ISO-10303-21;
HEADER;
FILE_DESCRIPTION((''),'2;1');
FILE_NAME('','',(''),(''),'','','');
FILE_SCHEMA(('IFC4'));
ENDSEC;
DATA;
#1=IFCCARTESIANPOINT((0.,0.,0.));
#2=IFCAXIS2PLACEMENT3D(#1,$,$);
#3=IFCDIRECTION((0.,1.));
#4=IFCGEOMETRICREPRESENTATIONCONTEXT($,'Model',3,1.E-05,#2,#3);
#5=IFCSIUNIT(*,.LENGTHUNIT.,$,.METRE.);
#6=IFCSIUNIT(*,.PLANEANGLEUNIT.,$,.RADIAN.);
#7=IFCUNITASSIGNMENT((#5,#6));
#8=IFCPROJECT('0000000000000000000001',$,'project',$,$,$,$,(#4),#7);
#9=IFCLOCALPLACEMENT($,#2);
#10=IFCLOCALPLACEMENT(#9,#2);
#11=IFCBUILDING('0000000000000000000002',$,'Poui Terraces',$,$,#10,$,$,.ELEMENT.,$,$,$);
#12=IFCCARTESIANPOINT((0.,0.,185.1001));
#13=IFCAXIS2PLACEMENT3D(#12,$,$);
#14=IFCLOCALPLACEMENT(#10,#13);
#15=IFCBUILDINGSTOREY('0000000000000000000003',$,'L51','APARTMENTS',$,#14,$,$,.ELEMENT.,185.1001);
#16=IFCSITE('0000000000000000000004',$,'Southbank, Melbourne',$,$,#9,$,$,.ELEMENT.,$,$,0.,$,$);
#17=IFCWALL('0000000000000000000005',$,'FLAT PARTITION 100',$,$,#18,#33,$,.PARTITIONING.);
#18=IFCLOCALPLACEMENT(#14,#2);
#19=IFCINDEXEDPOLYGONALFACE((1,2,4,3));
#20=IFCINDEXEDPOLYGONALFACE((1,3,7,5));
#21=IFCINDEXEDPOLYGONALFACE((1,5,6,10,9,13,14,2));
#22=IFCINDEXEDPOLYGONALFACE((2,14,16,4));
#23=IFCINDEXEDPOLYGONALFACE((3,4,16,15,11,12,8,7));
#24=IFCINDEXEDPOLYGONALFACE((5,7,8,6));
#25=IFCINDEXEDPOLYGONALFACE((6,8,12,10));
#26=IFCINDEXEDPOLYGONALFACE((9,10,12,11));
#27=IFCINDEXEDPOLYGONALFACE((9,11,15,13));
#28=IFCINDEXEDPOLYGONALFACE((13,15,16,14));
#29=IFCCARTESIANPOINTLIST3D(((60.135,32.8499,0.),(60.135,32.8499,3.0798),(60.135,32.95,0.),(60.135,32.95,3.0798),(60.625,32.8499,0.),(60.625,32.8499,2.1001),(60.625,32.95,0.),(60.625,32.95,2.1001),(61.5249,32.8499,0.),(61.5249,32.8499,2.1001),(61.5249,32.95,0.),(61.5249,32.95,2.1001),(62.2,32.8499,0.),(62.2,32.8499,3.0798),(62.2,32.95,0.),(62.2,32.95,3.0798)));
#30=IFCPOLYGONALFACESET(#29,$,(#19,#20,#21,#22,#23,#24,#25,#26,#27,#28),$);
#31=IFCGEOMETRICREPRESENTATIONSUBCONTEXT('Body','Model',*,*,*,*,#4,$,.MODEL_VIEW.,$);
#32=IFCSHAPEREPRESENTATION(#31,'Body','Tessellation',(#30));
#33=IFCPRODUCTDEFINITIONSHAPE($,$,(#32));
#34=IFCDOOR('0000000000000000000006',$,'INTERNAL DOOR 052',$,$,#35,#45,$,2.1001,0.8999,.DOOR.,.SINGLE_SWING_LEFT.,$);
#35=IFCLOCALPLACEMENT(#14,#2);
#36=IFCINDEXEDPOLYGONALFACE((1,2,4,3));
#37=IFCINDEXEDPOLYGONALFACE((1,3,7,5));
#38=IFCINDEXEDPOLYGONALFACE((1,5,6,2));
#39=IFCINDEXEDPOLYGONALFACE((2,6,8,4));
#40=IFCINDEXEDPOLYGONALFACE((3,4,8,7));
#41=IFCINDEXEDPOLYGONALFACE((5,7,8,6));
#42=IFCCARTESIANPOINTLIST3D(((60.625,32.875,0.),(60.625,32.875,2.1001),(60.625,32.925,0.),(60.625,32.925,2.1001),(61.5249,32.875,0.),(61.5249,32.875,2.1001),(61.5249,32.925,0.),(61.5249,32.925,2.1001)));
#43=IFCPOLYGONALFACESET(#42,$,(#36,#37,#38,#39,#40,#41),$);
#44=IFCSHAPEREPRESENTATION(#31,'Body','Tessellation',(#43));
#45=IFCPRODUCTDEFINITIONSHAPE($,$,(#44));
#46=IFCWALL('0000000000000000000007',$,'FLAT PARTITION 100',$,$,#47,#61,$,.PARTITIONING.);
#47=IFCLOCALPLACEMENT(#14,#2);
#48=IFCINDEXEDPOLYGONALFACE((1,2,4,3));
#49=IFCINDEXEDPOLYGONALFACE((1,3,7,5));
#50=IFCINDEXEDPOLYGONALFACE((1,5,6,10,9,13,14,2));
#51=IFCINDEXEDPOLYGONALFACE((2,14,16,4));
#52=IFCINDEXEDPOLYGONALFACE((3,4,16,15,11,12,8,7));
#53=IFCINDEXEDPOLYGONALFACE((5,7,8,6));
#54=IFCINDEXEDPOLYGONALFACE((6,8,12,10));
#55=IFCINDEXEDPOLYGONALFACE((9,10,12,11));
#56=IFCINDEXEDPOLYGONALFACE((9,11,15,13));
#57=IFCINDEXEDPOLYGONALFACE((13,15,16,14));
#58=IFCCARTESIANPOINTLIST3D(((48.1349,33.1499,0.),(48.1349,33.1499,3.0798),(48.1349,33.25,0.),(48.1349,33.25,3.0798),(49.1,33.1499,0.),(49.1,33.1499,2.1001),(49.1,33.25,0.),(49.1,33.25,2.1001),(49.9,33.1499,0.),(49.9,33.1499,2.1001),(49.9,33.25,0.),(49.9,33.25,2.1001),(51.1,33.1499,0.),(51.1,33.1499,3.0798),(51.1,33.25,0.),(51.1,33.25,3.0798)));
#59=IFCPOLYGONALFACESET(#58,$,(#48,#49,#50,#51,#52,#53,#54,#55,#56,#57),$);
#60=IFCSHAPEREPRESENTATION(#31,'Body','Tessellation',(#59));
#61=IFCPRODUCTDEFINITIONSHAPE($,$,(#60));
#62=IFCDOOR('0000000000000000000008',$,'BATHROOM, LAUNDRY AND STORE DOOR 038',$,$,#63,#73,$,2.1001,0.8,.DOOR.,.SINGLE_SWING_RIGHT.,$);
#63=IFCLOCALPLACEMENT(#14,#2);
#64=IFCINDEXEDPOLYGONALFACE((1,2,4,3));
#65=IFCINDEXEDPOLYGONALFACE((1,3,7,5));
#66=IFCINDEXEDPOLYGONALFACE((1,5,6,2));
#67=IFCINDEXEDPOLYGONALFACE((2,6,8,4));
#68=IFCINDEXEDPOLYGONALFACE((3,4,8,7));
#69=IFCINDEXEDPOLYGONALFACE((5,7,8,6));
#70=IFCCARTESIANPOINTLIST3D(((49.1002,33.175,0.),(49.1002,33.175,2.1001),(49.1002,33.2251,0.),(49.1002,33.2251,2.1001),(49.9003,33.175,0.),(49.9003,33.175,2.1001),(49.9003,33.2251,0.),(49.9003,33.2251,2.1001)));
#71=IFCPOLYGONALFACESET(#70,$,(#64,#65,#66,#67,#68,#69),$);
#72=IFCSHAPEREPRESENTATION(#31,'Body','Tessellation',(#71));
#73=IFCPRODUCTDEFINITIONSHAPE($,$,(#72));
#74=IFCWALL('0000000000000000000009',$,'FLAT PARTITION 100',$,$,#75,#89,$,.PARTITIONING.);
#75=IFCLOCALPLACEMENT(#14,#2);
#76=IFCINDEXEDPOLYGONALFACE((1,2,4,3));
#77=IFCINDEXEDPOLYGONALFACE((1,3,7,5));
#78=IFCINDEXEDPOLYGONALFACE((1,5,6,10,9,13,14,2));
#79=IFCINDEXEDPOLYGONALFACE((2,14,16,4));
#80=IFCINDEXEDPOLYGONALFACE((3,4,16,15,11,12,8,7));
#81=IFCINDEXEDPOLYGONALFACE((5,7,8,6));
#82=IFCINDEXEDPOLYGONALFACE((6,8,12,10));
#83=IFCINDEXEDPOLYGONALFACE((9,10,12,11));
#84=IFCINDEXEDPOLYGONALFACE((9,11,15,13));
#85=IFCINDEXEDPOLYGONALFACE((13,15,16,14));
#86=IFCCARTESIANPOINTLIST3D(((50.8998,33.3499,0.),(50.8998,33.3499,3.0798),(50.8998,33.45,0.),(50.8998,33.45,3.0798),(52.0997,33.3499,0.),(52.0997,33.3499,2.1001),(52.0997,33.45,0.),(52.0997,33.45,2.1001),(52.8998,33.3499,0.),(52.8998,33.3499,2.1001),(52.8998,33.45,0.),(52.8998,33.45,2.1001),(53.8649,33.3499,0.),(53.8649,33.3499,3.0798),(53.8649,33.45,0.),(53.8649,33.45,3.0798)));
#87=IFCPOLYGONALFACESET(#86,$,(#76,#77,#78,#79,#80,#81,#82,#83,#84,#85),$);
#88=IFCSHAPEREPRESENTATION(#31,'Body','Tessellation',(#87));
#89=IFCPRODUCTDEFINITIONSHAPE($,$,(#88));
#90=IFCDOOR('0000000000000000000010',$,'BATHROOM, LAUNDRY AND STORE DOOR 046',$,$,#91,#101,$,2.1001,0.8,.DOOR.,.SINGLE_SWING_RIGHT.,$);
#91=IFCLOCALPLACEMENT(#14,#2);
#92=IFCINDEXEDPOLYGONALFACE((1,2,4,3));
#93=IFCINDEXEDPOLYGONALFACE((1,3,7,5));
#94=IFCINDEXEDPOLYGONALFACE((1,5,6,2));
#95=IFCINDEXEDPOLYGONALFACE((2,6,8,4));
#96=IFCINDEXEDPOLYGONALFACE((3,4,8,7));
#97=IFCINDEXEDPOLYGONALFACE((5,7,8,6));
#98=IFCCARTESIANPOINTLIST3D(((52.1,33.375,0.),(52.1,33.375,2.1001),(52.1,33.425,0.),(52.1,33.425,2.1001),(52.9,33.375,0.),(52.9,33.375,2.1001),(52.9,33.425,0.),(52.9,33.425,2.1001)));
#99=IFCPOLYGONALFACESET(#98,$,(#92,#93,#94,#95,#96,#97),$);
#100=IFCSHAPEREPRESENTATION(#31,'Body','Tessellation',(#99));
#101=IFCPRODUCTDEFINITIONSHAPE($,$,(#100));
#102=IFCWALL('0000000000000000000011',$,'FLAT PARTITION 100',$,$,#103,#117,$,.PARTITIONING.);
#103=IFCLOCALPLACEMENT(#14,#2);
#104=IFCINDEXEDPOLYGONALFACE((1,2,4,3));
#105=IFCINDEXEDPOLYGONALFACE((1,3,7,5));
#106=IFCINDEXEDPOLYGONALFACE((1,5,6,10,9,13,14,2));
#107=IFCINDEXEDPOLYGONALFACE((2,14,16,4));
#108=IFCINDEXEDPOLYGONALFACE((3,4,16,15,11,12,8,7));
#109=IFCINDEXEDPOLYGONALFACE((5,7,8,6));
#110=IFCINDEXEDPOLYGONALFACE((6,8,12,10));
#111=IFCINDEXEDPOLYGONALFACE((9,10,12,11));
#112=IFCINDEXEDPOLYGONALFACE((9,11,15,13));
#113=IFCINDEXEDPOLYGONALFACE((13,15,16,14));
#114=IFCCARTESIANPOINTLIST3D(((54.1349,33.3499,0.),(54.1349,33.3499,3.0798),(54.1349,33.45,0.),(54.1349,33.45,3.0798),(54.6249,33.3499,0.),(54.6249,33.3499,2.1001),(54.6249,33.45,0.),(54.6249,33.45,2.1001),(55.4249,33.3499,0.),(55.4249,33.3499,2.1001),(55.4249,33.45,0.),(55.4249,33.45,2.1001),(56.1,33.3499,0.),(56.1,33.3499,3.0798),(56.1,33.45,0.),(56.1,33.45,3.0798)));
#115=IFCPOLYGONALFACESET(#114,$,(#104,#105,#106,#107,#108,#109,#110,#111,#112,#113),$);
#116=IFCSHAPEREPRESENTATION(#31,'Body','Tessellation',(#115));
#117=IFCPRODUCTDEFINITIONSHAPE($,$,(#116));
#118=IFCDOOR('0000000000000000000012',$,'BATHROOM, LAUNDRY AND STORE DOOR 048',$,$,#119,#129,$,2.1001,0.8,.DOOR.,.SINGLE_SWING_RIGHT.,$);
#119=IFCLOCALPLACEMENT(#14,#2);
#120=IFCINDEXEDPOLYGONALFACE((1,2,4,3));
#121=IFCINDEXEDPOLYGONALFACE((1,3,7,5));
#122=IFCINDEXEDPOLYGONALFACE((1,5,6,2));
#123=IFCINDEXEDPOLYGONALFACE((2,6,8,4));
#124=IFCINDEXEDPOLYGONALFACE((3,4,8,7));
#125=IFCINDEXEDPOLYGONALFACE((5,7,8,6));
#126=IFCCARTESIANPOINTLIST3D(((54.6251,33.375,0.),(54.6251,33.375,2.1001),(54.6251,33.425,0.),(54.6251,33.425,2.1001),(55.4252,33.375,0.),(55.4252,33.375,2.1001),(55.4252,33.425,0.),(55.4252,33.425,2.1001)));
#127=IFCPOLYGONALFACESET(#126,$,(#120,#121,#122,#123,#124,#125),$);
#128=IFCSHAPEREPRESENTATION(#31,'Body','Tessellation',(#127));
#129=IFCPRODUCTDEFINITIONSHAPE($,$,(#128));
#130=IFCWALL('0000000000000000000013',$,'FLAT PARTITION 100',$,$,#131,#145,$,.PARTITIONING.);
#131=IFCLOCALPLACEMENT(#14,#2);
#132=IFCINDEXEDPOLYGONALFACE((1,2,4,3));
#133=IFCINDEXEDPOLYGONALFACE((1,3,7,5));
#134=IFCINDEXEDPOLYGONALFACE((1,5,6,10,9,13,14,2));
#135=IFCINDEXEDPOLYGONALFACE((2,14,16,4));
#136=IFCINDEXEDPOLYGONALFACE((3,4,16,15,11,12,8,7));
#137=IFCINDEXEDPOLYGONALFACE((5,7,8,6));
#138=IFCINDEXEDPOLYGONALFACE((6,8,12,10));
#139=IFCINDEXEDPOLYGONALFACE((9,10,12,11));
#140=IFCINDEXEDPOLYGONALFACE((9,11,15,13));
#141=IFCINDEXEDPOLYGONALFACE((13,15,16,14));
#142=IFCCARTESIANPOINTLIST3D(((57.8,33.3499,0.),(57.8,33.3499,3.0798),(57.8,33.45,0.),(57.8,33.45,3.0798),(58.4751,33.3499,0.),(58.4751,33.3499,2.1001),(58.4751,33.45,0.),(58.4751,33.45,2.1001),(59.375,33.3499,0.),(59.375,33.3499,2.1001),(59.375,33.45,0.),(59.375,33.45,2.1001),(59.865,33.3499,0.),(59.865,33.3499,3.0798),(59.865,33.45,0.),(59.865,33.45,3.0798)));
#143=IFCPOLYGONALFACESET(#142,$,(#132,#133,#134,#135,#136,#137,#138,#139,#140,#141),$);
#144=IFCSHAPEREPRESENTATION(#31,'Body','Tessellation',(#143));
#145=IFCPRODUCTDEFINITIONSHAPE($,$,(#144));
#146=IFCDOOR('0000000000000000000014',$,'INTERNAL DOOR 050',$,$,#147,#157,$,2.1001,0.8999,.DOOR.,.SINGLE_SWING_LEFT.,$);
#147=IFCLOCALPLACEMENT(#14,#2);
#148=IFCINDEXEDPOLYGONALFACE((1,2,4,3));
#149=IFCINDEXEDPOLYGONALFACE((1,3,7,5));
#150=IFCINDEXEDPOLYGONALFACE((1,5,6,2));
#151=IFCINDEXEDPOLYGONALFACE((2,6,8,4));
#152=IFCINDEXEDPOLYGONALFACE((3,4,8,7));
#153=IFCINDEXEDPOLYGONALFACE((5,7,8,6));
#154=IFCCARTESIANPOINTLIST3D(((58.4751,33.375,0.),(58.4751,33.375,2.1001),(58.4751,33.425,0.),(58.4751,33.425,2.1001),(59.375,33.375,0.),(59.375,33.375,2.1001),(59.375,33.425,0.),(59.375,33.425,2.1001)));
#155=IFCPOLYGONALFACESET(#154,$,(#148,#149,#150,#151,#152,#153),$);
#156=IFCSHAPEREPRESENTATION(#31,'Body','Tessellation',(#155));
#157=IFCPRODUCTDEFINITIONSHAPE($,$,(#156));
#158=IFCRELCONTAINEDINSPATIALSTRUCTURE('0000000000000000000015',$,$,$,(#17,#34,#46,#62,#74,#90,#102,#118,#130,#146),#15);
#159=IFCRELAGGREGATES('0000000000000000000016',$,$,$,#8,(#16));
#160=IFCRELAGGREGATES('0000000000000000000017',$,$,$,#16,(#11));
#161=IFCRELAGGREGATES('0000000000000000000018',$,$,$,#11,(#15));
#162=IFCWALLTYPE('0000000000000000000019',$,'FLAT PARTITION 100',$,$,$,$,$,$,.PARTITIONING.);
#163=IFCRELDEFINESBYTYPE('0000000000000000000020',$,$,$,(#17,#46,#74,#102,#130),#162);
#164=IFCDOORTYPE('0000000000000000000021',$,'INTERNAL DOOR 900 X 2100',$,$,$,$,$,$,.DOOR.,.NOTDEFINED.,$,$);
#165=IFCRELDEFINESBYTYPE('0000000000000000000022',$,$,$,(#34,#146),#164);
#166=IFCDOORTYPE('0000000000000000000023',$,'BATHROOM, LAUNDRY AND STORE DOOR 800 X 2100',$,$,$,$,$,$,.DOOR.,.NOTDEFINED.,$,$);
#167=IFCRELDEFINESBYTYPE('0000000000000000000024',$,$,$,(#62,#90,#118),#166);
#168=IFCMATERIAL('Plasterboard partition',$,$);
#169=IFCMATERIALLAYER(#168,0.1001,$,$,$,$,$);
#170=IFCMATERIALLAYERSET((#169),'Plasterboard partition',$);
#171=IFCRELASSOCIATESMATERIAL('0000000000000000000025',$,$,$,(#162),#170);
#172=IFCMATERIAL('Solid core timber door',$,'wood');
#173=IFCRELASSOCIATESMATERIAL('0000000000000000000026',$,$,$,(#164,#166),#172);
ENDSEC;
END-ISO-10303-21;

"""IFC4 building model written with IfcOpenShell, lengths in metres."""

from ifc_helpers import new_model, si_unit, direction, frame, frame_2d, origin, place, context, subcontext, project, spatial, rectangle, extrude, material, layer, layer_set, type_object, element, fill, save


model = new_model("IFC4")

# Units and contexts
model_context = context("Model", 3, precision=1e-05, world=origin(), true_north=direction((0.0, 1.0)))
body_context = subcontext(model_context, "Body", "Model", "MODEL_VIEW")
ifc_project = project(units=[si_unit("LENGTHUNIT", "METRE"), si_unit("PLANEANGLEUNIT", "RADIAN")], contexts=[model_context])

# Site, building, storey
site_placement = place(None, origin())
site = spatial("IfcSite", under=ifc_project, at=site_placement, Name="Southbank, Melbourne", CompositionType="ELEMENT", RefElevation=0.0)
building_placement = place(site_placement, origin())
building = spatial("IfcBuilding", under=site, at=building_placement, Name="Poui Terraces", CompositionType="ELEMENT")
storey_placement = place(building_placement, frame((0.0, 0.0, 185.1001)))
storey = spatial("IfcBuildingStorey", under=building, at=storey_placement, Name="L51", Description="APARTMENTS", CompositionType="ELEMENT", Elevation=185.1001)

# Walls, openings, doors
ifc_material_1 = material(Name="Plasterboard partition")
ifc_layer_1 = layer(ifc_material_1, 0.1001)
ifc_layer_set_1 = layer_set([ifc_layer_1], Name="Plasterboard partition")
wall_type_1 = type_object("IfcWallType", Name="FLAT PARTITION 100", PredefinedType="PARTITIONING", material=ifc_layer_set_1)
wall_1_placement = place(storey_placement, frame((60.135, 32.8999, 0.0), z_axis=(0.0, 0.0, 1.0), x_axis=(1.0, 0.0, 0.0)))
wall_1 = element("IfcWall", 1, at=wall_1_placement, inside=storey, type_object=wall_type_1, Name="FLAT PARTITION 100", PredefinedType="PARTITIONING", context=body_context, shape_type="SweptSolid", body=[
    extrude(rectangle(XDim=2.0649, YDim=0.1001, at=frame_2d((1.0325, 0.0))), origin(), (0.0, 0.0, 1.0), 3.0798),
])
opening_1_placement = place(wall_1_placement, frame((0.49, 0.0, 0.0)))
opening_1 = element("IfcOpeningElement", 2, at=opening_1_placement, cuts=wall_1, PredefinedType="OPENING", context=body_context, shape_type="SweptSolid", body=[
    extrude(rectangle(XDim=0.8999, YDim=2.1001, at=frame_2d((0.45, 1.05))), frame((0.0, 0.0601, 0.0), z_axis=(0.0, -1.0, 0.0), x_axis=(1.0, 0.0, 0.0)), (0.0, 0.0, 1.0), 0.1201),
])
ifc_material_2 = material(Name="Solid core timber door", Category="wood")
door_type_1 = type_object("IfcDoorType", Name="INTERNAL DOOR 900 X 2100", OperationType="NOTDEFINED", PredefinedType="DOOR", material=ifc_material_2)
door_1_placement = place(opening_1_placement, frame((0.8999, 0.0, 0.0), z_axis=(0.0, 0.0, 1.0), x_axis=(-1.0, 0.0, 0.0)))
door_1 = element("IfcDoor", 3, at=door_1_placement, inside=storey, type_object=door_type_1, Name="INTERNAL DOOR 052", OperationType="SINGLE_SWING_LEFT", OverallHeight=2.1001, OverallWidth=0.8999, PredefinedType="DOOR", context=body_context, shape_type="SweptSolid", body=[
    extrude(rectangle(XDim=0.8999, YDim=2.1001, at=frame_2d((0.45, 1.05))), frame((0.0, 0.0249, 0.0), z_axis=(0.0, -1.0, 0.0), x_axis=(1.0, 0.0, 0.0)), (0.0, 0.0, 1.0), 0.05),
])
fill(opening_1, door_1)
wall_2_placement = place(storey_placement, frame((48.135, 33.2, 0.0), z_axis=(0.0, 0.0, 1.0), x_axis=(1.0, 0.0, 0.0)))
wall_2 = element("IfcWall", 4, at=wall_2_placement, inside=storey, type_object=wall_type_1, Name="FLAT PARTITION 100", PredefinedType="PARTITIONING", context=body_context, shape_type="SweptSolid", body=[
    extrude(rectangle(XDim=2.9651, YDim=0.1001, at=frame_2d((1.4824, 0.0))), origin(), (0.0, 0.0, 1.0), 3.0798),
])
opening_2_placement = place(wall_2_placement, frame((0.9651, 0.0, 0.0)))
opening_2 = element("IfcOpeningElement", 5, at=opening_2_placement, cuts=wall_2, PredefinedType="OPENING", context=body_context, shape_type="SweptSolid", body=[
    extrude(rectangle(XDim=0.8, YDim=2.1001, at=frame_2d((0.3999, 1.05))), frame((0.0, 0.0601, 0.0), z_axis=(0.0, -1.0, 0.0), x_axis=(1.0, 0.0, 0.0)), (0.0, 0.0, 1.0), 0.1201),
])
door_type_2 = type_object("IfcDoorType", Name="BATHROOM, LAUNDRY AND STORE DOOR 800 X 2100", OperationType="NOTDEFINED", PredefinedType="DOOR", material=ifc_material_2)
door_2_placement = place(opening_2_placement, frame((0.8, 0.0, 0.0), z_axis=(0.0, 0.0, 1.0), x_axis=(-1.0, 0.0, 0.0)))
door_2 = element("IfcDoor", 6, at=door_2_placement, inside=storey, type_object=door_type_2, Name="BATHROOM, LAUNDRY AND STORE DOOR 038", OperationType="SINGLE_SWING_RIGHT", OverallHeight=2.1001, OverallWidth=0.8, PredefinedType="DOOR", context=body_context, shape_type="SweptSolid", body=[
    extrude(rectangle(XDim=0.8, YDim=2.1001, at=frame_2d((0.3999, 1.05))), frame((0.0, 0.0249, 0.0), z_axis=(0.0, -1.0, 0.0), x_axis=(1.0, 0.0, 0.0)), (0.0, 0.0, 1.0), 0.05),
])
fill(opening_2, door_2)
wall_3_placement = place(storey_placement, frame((50.8999, 33.3999, 0.0), z_axis=(0.0, 0.0, 1.0), x_axis=(1.0, 0.0, 0.0)))
wall_3 = element("IfcWall", 7, at=wall_3_placement, inside=storey, type_object=wall_type_1, Name="FLAT PARTITION 100", PredefinedType="PARTITIONING", context=body_context, shape_type="SweptSolid", body=[
    extrude(rectangle(XDim=2.9651, YDim=0.1001, at=frame_2d((1.4824, 0.0))), origin(), (0.0, 0.0, 1.0), 3.0798),
])
opening_3_placement = place(wall_3_placement, frame((1.2, 0.0, 0.0)))
opening_3 = element("IfcOpeningElement", 8, at=opening_3_placement, cuts=wall_3, PredefinedType="OPENING", context=body_context, shape_type="SweptSolid", body=[
    extrude(rectangle(XDim=0.8, YDim=2.1001, at=frame_2d((0.3999, 1.05))), frame((0.0, 0.0601, 0.0), z_axis=(0.0, -1.0, 0.0), x_axis=(1.0, 0.0, 0.0)), (0.0, 0.0, 1.0), 0.1201),
])
door_3_placement = place(opening_3_placement, frame((0.8, 0.0, 0.0), z_axis=(0.0, 0.0, 1.0), x_axis=(-1.0, 0.0, 0.0)))
door_3 = element("IfcDoor", 9, at=door_3_placement, inside=storey, type_object=door_type_2, Name="BATHROOM, LAUNDRY AND STORE DOOR 046", OperationType="SINGLE_SWING_RIGHT", OverallHeight=2.1001, OverallWidth=0.8, PredefinedType="DOOR", context=body_context, shape_type="SweptSolid", body=[
    extrude(rectangle(XDim=0.8, YDim=2.1001, at=frame_2d((0.3999, 1.05))), frame((0.0, 0.0249, 0.0), z_axis=(0.0, -1.0, 0.0), x_axis=(1.0, 0.0, 0.0)), (0.0, 0.0, 1.0), 0.05),
])
fill(opening_3, door_3)
wall_4_placement = place(storey_placement, frame((54.135, 33.3999, 0.0), z_axis=(0.0, 0.0, 1.0), x_axis=(1.0, 0.0, 0.0)))
wall_4 = element("IfcWall", 10, at=wall_4_placement, inside=storey, type_object=wall_type_1, Name="FLAT PARTITION 100", PredefinedType="PARTITIONING", context=body_context, shape_type="SweptSolid", body=[
    extrude(rectangle(XDim=1.9651, YDim=0.1001, at=frame_2d((0.9824, 0.0))), origin(), (0.0, 0.0, 1.0), 3.0798),
])
opening_4_placement = place(wall_4_placement, frame((0.49, 0.0, 0.0)))
opening_4 = element("IfcOpeningElement", 11, at=opening_4_placement, cuts=wall_4, PredefinedType="OPENING", context=body_context, shape_type="SweptSolid", body=[
    extrude(rectangle(XDim=0.8, YDim=2.1001, at=frame_2d((0.3999, 1.05))), frame((0.0, 0.0601, 0.0), z_axis=(0.0, -1.0, 0.0), x_axis=(1.0, 0.0, 0.0)), (0.0, 0.0, 1.0), 0.1201),
])
door_4_placement = place(opening_4_placement, frame((0.8, 0.0, 0.0), z_axis=(0.0, 0.0, 1.0), x_axis=(-1.0, 0.0, 0.0)))
door_4 = element("IfcDoor", 12, at=door_4_placement, inside=storey, type_object=door_type_2, Name="BATHROOM, LAUNDRY AND STORE DOOR 048", OperationType="SINGLE_SWING_RIGHT", OverallHeight=2.1001, OverallWidth=0.8, PredefinedType="DOOR", context=body_context, shape_type="SweptSolid", body=[
    extrude(rectangle(XDim=0.8, YDim=2.1001, at=frame_2d((0.3999, 1.05))), frame((0.0, 0.0249, 0.0), z_axis=(0.0, -1.0, 0.0), x_axis=(1.0, 0.0, 0.0)), (0.0, 0.0, 1.0), 0.05),
])
fill(opening_4, door_4)
wall_5_placement = place(storey_placement, frame((57.8, 33.3999, 0.0), z_axis=(0.0, 0.0, 1.0), x_axis=(1.0, 0.0, 0.0)))
wall_5 = element("IfcWall", 13, at=wall_5_placement, inside=storey, type_object=wall_type_1, Name="FLAT PARTITION 100", PredefinedType="PARTITIONING", context=body_context, shape_type="SweptSolid", body=[
    extrude(rectangle(XDim=2.0649, YDim=0.1001, at=frame_2d((1.0325, 0.0))), origin(), (0.0, 0.0, 1.0), 3.0798),
])
opening_5_placement = place(wall_5_placement, frame((0.675, 0.0, 0.0)))
opening_5 = element("IfcOpeningElement", 14, at=opening_5_placement, cuts=wall_5, PredefinedType="OPENING", context=body_context, shape_type="SweptSolid", body=[
    extrude(rectangle(XDim=0.8999, YDim=2.1001, at=frame_2d((0.45, 1.05))), frame((0.0, 0.0601, 0.0), z_axis=(0.0, -1.0, 0.0), x_axis=(1.0, 0.0, 0.0)), (0.0, 0.0, 1.0), 0.1201),
])
door_5_placement = place(opening_5_placement, frame((0.8999, 0.0, 0.0), z_axis=(0.0, 0.0, 1.0), x_axis=(-1.0, 0.0, 0.0)))
door_5 = element("IfcDoor", 15, at=door_5_placement, inside=storey, type_object=door_type_1, Name="INTERNAL DOOR 050", OperationType="SINGLE_SWING_LEFT", OverallHeight=2.1001, OverallWidth=0.8999, PredefinedType="DOOR", context=body_context, shape_type="SweptSolid", body=[
    extrude(rectangle(XDim=0.8999, YDim=2.1001, at=frame_2d((0.45, 1.05))), frame((0.0, 0.0249, 0.0), z_axis=(0.0, -1.0, 0.0), x_axis=(1.0, 0.0, 0.0)), (0.0, 0.0, 1.0), 0.05),
])
fill(opening_5, door_5)

save(model, "model.ifc")
